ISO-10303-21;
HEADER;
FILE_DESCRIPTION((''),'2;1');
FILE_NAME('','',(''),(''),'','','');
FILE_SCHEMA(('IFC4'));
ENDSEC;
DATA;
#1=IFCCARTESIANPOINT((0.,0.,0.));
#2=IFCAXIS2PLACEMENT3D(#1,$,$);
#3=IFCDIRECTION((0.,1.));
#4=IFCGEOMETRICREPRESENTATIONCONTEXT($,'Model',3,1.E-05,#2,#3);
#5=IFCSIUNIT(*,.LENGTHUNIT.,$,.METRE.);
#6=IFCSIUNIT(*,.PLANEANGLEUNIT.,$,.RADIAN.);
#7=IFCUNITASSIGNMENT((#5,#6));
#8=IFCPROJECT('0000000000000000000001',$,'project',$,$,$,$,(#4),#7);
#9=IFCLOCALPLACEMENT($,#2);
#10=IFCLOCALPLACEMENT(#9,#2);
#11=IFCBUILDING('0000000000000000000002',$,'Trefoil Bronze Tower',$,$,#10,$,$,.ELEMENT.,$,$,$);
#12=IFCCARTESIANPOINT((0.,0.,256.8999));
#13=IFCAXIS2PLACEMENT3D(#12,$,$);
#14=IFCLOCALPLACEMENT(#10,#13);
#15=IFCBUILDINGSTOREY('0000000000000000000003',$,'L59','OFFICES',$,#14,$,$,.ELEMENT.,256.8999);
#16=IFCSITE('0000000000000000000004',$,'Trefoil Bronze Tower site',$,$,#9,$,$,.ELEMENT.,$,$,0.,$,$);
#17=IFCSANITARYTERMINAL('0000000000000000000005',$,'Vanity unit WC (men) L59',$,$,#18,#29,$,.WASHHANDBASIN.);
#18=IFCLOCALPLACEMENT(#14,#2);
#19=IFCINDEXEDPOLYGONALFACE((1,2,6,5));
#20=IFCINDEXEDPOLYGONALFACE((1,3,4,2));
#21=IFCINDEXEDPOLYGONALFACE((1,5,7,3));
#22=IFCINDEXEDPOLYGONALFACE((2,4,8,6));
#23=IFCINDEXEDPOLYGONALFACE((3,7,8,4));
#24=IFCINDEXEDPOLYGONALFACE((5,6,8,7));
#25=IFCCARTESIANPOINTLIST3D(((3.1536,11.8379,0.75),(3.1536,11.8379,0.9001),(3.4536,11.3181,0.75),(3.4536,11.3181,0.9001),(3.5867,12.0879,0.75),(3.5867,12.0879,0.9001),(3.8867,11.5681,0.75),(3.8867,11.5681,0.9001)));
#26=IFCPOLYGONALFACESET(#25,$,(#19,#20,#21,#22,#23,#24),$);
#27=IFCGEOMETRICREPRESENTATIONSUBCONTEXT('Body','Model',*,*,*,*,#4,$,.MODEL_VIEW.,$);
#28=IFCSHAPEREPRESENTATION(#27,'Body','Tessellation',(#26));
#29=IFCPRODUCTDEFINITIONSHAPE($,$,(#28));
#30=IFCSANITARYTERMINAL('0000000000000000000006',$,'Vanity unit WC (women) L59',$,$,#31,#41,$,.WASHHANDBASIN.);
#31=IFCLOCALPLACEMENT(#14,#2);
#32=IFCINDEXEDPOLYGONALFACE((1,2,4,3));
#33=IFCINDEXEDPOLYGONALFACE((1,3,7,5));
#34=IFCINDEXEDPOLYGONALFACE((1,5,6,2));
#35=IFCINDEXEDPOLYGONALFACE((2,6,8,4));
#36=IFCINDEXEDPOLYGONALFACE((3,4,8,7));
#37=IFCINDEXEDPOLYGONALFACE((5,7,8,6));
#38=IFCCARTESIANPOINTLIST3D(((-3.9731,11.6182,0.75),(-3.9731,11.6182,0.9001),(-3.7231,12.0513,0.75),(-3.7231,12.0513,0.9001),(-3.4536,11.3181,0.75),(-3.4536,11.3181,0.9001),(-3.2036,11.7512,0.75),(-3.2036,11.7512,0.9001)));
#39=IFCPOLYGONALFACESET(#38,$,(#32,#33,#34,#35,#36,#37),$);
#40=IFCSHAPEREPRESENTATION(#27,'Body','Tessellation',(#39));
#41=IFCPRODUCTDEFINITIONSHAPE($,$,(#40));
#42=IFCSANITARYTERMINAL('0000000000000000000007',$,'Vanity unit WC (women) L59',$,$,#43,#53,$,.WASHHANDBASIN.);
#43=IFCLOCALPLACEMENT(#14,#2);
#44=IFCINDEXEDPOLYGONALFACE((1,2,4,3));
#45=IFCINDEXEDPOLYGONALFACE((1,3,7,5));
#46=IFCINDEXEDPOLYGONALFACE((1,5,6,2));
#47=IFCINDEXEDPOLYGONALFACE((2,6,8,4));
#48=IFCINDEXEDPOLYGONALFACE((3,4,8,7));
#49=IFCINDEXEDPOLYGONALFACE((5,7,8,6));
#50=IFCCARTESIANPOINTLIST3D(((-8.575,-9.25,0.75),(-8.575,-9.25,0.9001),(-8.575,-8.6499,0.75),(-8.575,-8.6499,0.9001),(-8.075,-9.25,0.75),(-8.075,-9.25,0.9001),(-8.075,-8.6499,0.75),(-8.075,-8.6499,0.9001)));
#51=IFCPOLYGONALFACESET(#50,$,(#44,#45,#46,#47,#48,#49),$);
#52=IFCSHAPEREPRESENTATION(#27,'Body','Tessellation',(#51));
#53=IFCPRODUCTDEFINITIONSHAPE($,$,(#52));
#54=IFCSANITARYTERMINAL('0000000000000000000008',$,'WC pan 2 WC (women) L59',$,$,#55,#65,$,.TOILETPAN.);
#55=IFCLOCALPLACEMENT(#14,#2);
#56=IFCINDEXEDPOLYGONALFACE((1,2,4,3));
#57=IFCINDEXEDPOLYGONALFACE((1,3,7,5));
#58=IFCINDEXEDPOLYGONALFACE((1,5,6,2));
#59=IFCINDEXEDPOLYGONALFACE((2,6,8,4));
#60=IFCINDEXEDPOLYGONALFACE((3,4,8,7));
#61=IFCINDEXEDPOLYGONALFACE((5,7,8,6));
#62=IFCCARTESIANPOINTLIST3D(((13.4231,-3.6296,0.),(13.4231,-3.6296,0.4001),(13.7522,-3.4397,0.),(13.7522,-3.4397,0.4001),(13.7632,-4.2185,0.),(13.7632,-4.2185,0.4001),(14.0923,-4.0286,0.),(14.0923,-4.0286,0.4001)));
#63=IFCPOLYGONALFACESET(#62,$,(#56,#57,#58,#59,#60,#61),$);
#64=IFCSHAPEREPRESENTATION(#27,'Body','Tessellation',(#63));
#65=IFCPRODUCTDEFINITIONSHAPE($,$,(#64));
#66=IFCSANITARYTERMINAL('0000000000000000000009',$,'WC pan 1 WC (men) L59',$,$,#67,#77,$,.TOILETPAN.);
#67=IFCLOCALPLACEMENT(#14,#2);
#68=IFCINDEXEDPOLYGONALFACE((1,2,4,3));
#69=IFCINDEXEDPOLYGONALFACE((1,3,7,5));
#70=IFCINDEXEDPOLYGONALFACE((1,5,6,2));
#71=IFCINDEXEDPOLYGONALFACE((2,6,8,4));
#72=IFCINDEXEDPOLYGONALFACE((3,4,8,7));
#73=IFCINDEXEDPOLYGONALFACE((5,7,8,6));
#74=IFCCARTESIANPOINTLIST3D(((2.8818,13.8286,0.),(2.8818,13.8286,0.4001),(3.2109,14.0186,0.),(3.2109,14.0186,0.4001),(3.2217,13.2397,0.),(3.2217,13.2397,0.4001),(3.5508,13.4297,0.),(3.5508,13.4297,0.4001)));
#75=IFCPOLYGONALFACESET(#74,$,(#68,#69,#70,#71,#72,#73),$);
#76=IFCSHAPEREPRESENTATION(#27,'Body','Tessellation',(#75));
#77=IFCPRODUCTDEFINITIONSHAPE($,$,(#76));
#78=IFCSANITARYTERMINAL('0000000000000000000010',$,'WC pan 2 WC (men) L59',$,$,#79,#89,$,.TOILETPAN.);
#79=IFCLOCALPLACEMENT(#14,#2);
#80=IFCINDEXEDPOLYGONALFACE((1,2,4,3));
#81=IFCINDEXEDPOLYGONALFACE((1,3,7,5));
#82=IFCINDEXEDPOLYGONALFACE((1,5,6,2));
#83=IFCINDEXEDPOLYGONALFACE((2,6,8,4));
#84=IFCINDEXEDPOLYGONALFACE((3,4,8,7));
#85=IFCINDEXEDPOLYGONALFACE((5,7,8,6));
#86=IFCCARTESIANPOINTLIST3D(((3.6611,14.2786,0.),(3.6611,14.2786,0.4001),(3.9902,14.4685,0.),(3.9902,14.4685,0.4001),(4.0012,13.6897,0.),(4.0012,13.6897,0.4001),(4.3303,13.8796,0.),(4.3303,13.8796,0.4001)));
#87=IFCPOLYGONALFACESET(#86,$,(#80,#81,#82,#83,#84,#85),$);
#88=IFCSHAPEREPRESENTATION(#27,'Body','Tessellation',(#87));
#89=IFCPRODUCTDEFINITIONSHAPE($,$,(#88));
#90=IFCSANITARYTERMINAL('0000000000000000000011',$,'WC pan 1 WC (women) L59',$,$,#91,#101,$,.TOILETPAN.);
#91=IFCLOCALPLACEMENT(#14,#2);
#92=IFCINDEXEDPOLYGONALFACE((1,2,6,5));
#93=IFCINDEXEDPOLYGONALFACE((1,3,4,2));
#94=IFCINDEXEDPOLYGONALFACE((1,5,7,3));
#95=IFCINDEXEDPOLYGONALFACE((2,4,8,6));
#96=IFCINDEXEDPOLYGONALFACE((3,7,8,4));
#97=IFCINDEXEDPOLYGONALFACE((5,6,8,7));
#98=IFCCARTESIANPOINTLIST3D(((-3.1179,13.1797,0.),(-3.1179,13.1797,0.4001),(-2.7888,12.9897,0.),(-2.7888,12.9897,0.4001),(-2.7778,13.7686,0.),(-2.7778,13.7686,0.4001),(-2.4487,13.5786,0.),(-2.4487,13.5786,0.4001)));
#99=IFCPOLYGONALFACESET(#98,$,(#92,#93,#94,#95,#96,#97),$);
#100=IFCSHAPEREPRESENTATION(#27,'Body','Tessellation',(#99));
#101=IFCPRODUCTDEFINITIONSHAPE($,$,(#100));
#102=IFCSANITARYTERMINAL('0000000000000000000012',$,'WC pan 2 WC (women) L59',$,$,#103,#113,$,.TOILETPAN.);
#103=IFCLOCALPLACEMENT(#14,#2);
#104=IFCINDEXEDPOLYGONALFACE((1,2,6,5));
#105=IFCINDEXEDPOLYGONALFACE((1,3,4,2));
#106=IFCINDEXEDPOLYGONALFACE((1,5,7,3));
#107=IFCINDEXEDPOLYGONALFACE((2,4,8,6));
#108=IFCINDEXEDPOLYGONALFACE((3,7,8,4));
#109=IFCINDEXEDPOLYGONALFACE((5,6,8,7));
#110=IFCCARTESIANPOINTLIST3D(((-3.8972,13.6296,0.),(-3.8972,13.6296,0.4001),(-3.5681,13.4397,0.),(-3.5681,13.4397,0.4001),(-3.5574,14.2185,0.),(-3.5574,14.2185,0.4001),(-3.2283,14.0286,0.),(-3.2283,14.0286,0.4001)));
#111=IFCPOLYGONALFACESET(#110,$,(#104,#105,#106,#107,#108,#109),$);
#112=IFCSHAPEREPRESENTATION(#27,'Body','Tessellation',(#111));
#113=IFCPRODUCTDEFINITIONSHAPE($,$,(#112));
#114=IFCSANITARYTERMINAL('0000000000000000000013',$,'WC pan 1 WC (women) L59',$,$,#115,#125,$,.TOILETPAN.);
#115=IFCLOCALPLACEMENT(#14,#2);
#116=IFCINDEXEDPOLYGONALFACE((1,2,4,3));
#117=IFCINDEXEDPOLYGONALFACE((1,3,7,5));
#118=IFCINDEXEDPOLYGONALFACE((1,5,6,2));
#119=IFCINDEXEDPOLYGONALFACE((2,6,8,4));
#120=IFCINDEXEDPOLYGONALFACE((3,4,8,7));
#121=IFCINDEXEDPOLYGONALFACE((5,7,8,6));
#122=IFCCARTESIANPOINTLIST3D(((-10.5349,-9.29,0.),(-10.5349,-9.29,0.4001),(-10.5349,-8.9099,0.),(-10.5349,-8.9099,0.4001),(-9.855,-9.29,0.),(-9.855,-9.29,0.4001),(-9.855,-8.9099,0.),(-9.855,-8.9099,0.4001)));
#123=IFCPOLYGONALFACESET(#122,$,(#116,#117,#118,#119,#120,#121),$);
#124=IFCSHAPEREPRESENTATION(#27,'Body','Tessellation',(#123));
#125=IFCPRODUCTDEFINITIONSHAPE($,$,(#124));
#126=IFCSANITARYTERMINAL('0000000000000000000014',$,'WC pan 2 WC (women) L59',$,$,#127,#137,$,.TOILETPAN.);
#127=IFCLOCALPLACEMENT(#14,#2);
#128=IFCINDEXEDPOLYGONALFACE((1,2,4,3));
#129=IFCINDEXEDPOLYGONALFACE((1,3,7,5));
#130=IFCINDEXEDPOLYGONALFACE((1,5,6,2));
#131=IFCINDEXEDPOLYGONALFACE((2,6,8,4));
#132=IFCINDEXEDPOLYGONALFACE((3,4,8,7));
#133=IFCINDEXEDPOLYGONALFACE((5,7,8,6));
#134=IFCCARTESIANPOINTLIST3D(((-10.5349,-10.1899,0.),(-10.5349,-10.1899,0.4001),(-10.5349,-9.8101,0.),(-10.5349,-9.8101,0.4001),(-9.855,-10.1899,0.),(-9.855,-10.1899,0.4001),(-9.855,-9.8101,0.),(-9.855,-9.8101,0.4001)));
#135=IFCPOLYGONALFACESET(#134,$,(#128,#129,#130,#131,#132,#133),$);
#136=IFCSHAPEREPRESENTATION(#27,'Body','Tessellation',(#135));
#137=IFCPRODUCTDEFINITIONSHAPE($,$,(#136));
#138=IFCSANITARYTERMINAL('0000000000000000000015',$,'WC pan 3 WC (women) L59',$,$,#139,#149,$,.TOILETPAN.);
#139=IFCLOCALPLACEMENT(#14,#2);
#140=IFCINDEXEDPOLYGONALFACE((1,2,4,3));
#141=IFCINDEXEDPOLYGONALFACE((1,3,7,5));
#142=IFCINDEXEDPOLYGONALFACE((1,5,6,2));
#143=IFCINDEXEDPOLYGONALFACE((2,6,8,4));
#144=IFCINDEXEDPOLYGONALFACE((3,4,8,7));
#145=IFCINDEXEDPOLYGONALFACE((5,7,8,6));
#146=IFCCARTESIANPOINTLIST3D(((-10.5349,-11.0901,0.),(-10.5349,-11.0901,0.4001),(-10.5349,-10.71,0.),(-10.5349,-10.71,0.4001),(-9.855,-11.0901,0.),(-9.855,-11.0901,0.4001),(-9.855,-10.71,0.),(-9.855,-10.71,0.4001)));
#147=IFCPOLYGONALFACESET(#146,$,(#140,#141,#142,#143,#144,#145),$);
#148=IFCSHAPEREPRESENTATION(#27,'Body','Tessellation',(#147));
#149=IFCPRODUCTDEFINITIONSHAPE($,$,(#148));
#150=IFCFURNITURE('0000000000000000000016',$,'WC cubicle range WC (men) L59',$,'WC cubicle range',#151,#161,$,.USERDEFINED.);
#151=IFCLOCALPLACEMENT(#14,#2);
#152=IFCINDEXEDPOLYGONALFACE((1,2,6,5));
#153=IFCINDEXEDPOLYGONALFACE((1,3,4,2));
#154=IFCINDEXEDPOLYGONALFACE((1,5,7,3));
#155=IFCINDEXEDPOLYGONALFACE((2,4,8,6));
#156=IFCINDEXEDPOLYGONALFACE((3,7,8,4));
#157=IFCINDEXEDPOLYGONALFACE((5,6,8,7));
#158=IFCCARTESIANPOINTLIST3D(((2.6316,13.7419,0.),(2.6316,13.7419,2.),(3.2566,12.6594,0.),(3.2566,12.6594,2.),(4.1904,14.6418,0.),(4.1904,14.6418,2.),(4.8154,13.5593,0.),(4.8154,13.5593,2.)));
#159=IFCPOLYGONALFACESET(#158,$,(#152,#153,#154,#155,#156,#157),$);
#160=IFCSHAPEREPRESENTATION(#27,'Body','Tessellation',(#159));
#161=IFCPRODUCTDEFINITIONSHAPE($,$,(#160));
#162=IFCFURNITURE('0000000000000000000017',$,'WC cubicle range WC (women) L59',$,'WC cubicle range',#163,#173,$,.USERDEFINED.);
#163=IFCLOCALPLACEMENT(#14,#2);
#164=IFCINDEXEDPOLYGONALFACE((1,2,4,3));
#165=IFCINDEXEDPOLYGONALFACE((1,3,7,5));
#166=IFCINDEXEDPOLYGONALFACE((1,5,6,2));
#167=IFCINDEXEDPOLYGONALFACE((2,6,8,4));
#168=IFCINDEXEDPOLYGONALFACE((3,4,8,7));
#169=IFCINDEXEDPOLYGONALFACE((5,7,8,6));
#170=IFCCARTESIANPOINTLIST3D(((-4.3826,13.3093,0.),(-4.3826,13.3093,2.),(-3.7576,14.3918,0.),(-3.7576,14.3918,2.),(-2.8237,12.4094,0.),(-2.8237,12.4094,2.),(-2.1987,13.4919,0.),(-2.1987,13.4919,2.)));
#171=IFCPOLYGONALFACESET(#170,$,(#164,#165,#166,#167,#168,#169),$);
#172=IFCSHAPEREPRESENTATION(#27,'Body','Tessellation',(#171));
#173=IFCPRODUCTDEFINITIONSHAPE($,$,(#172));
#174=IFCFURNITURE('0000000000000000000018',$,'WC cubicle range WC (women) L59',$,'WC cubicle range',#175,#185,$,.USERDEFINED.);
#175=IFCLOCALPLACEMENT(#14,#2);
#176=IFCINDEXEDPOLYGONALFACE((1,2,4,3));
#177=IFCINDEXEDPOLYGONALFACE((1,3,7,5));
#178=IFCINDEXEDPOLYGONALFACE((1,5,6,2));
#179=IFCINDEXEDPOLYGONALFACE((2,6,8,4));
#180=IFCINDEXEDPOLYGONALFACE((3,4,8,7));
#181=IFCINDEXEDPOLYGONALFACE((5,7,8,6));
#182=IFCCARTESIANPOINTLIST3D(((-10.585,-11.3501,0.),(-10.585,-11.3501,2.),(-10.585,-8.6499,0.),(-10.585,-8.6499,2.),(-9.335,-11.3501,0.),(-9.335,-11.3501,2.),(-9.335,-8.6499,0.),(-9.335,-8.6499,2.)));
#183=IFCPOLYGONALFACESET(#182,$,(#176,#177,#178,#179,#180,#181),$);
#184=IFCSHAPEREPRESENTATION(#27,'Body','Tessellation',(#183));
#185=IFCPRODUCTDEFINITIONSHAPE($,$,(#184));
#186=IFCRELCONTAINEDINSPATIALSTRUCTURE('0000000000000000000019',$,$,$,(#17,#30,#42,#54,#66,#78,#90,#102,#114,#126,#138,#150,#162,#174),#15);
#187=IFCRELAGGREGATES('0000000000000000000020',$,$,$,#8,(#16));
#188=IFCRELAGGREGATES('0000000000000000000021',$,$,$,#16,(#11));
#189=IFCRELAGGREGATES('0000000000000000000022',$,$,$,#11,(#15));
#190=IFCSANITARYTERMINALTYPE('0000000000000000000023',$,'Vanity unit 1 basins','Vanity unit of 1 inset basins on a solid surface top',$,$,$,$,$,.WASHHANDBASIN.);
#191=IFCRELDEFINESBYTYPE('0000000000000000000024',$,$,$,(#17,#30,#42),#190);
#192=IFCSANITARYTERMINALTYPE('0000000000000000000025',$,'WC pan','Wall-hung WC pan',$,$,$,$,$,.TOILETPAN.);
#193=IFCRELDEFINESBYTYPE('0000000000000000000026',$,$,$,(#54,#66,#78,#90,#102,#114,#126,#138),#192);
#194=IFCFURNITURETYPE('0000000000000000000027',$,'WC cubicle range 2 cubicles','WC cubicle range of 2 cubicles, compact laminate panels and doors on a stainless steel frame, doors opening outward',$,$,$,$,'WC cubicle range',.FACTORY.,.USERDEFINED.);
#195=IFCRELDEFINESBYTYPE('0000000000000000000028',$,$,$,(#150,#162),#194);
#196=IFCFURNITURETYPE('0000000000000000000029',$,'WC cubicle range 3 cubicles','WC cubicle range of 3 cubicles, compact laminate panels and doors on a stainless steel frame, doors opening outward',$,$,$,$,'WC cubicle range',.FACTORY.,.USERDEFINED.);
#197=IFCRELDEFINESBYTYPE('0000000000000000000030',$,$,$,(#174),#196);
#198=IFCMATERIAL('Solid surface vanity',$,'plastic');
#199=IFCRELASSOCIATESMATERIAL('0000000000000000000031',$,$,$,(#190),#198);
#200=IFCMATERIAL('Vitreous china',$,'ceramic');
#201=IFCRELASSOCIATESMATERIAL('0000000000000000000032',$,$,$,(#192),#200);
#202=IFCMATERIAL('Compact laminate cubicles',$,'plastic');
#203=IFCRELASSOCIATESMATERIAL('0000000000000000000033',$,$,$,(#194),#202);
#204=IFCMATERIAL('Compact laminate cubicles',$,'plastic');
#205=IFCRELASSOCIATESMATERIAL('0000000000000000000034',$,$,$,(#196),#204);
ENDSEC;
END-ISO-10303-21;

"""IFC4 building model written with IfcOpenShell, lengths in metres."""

from ifc_helpers import new_model, si_unit, direction, frame, origin, place, context, subcontext, project, spatial, polyline, outline, extrude, material, type_object, element, save


model = new_model("IFC4")

# Units and contexts
model_context = context("Model", 3, precision=1e-05, world=origin(), true_north=direction((0.0, 1.0)))
body_context = subcontext(model_context, "Body", "Model", "MODEL_VIEW")
ifc_project = project(units=[si_unit("LENGTHUNIT", "METRE"), si_unit("PLANEANGLEUNIT", "RADIAN")], contexts=[model_context])

# Site, building, storey
site_placement = place(None, origin())
site = spatial("IfcSite", under=ifc_project, at=site_placement, Name="Trefoil Bronze Tower site", CompositionType="ELEMENT", RefElevation=0.0)
building_placement = place(site_placement, origin())
building = spatial("IfcBuilding", under=site, at=building_placement, Name="Trefoil Bronze Tower", CompositionType="ELEMENT")
storey_placement = place(building_placement, frame((0.0, 0.0, 256.8999)))
storey = spatial("IfcBuildingStorey", under=building, at=storey_placement, Name="L59", Description="OFFICES", CompositionType="ELEMENT", Elevation=256.8999)

# Sanitary terminals
ifc_material_1 = material(Name="Solid surface vanity", Category="plastic")
sanitary_terminal_type_1 = type_object("IfcSanitaryTerminalType", Name="Vanity unit 1 basins", Description="Vanity unit of 1 inset basins on a solid surface top", PredefinedType="WASHHANDBASIN", material=ifc_material_1)
sanitary_terminal_1_placement = place(storey_placement, frame((0.0, 0.0, 0.75)))
element("IfcSanitaryTerminal", 1, at=sanitary_terminal_1_placement, inside=storey, type_object=sanitary_terminal_type_1, Name="Vanity unit WC (men) L59", PredefinedType="WASHHANDBASIN", context=body_context, shape_type="SweptSolid", body=[
    extrude(outline(polyline([(3.4536, 11.3181), (3.1536, 11.8379), (3.5867, 12.0879), (3.8867, 11.5681), (3.4536, 11.3181)])), origin(), (0.0, 0.0, 1.0), 0.1501),
])
sanitary_terminal_2_placement = place(storey_placement, frame((0.0, 0.0, 0.75)))
element("IfcSanitaryTerminal", 2, at=sanitary_terminal_2_placement, inside=storey, type_object=sanitary_terminal_type_1, Name="Vanity unit WC (women) L59", PredefinedType="WASHHANDBASIN", context=body_context, shape_type="SweptSolid", body=[
    extrude(outline(polyline([(-3.4536, 11.3181), (-3.2036, 11.7512), (-3.7231, 12.0513), (-3.9731, 11.6182), (-3.4536, 11.3181)])), origin(), (0.0, 0.0, 1.0), 0.1501),
])
sanitary_terminal_3_placement = place(storey_placement, frame((0.0, 0.0, 0.75)))
element("IfcSanitaryTerminal", 3, at=sanitary_terminal_3_placement, inside=storey, type_object=sanitary_terminal_type_1, Name="Vanity unit WC (women) L59", PredefinedType="WASHHANDBASIN", context=body_context, shape_type="SweptSolid", body=[
    extrude(outline(polyline([(-8.075, -8.6499), (-8.575, -8.6499), (-8.575, -9.25), (-8.075, -9.25), (-8.075, -8.6499)])), origin(), (0.0, 0.0, 1.0), 0.1501),
])
ifc_material_2 = material(Name="Vitreous china", Category="ceramic")
sanitary_terminal_type_2 = type_object("IfcSanitaryTerminalType", Name="WC pan", Description="Wall-hung WC pan", PredefinedType="TOILETPAN", material=ifc_material_2)
sanitary_terminal_4_placement = place(storey_placement, origin())
element("IfcSanitaryTerminal", 4, at=sanitary_terminal_4_placement, inside=storey, type_object=sanitary_terminal_type_2, Name="WC pan 2 WC (women) L59", PredefinedType="TOILETPAN", context=body_context, shape_type="SweptSolid", body=[
    extrude(outline(polyline([(13.4231, -3.6296), (13.7632, -4.2185), (14.0923, -4.0286), (13.7522, -3.4397), (13.4231, -3.6296)])), origin(), (0.0, 0.0, 1.0), 0.4001),
])
sanitary_terminal_5_placement = place(storey_placement, origin())
element("IfcSanitaryTerminal", 5, at=sanitary_terminal_5_placement, inside=storey, type_object=sanitary_terminal_type_2, Name="WC pan 1 WC (men) L59", PredefinedType="TOILETPAN", context=body_context, shape_type="SweptSolid", body=[
    extrude(outline(polyline([(3.2217, 13.2397), (2.8818, 13.8286), (3.2109, 14.0186), (3.5508, 13.4297), (3.2217, 13.2397)])), origin(), (0.0, 0.0, 1.0), 0.4001),
])
sanitary_terminal_6_placement = place(storey_placement, origin())
element("IfcSanitaryTerminal", 6, at=sanitary_terminal_6_placement, inside=storey, type_object=sanitary_terminal_type_2, Name="WC pan 2 WC (men) L59", PredefinedType="TOILETPAN", context=body_context, shape_type="SweptSolid", body=[
    extrude(outline(polyline([(4.0012, 13.6897), (3.6611, 14.2786), (3.9902, 14.4685), (4.3303, 13.8796), (4.0012, 13.6897)])), origin(), (0.0, 0.0, 1.0), 0.4001),
])
sanitary_terminal_7_placement = place(storey_placement, origin())
element("IfcSanitaryTerminal", 7, at=sanitary_terminal_7_placement, inside=storey, type_object=sanitary_terminal_type_2, Name="WC pan 1 WC (women) L59", PredefinedType="TOILETPAN", context=body_context, shape_type="SweptSolid", body=[
    extrude(outline(polyline([(-2.7888, 12.9897), (-2.4487, 13.5786), (-2.7778, 13.7686), (-3.1179, 13.1797), (-2.7888, 12.9897)])), origin(), (0.0, 0.0, 1.0), 0.4001),
])
sanitary_terminal_8_placement = place(storey_placement, origin())
element("IfcSanitaryTerminal", 8, at=sanitary_terminal_8_placement, inside=storey, type_object=sanitary_terminal_type_2, Name="WC pan 2 WC (women) L59", PredefinedType="TOILETPAN", context=body_context, shape_type="SweptSolid", body=[
    extrude(outline(polyline([(-3.5681, 13.4397), (-3.2283, 14.0286), (-3.5574, 14.2185), (-3.8972, 13.6296), (-3.5681, 13.4397)])), origin(), (0.0, 0.0, 1.0), 0.4001),
])
sanitary_terminal_9_placement = place(storey_placement, origin())
element("IfcSanitaryTerminal", 9, at=sanitary_terminal_9_placement, inside=storey, type_object=sanitary_terminal_type_2, Name="WC pan 1 WC (women) L59", PredefinedType="TOILETPAN", context=body_context, shape_type="SweptSolid", body=[
    extrude(outline(polyline([(-9.855, -8.9099), (-10.5349, -8.9099), (-10.5349, -9.29), (-9.855, -9.29), (-9.855, -8.9099)])), origin(), (0.0, 0.0, 1.0), 0.4001),
])
sanitary_terminal_10_placement = place(storey_placement, origin())
element("IfcSanitaryTerminal", 10, at=sanitary_terminal_10_placement, inside=storey, type_object=sanitary_terminal_type_2, Name="WC pan 2 WC (women) L59", PredefinedType="TOILETPAN", context=body_context, shape_type="SweptSolid", body=[
    extrude(outline(polyline([(-9.855, -9.8101), (-10.5349, -9.8101), (-10.5349, -10.1899), (-9.855, -10.1899), (-9.855, -9.8101)])), origin(), (0.0, 0.0, 1.0), 0.4001),
])
sanitary_terminal_11_placement = place(storey_placement, origin())
element("IfcSanitaryTerminal", 11, at=sanitary_terminal_11_placement, inside=storey, type_object=sanitary_terminal_type_2, Name="WC pan 3 WC (women) L59", PredefinedType="TOILETPAN", context=body_context, shape_type="SweptSolid", body=[
    extrude(outline(polyline([(-9.855, -10.71), (-10.5349, -10.71), (-10.5349, -11.0901), (-9.855, -11.0901), (-9.855, -10.71)])), origin(), (0.0, 0.0, 1.0), 0.4001),
])

# Furniture
ifc_material_3 = material(Name="Compact laminate cubicles", Category="plastic")
furniture_type_1 = type_object("IfcFurnitureType", Name="WC cubicle range 2 cubicles", Description="WC cubicle range of 2 cubicles, compact laminate panels and doors on a stainless steel frame, doors opening outward", ElementType="WC cubicle range", AssemblyPlace="FACTORY", PredefinedType="USERDEFINED", material=ifc_material_3)
furniture_1_placement = place(storey_placement, origin())
element("IfcFurniture", 12, at=furniture_1_placement, inside=storey, type_object=furniture_type_1, Name="WC cubicle range WC (men) L59", ObjectType="WC cubicle range", PredefinedType="USERDEFINED", context=body_context, shape_type="SweptSolid", body=[
    extrude(outline(polyline([(3.2566, 12.6594), (2.6316, 13.7419), (4.1904, 14.6418), (4.8154, 13.5593), (3.2566, 12.6594)])), origin(), (0.0, 0.0, 1.0), 2.0),
])
furniture_2_placement = place(storey_placement, origin())
element("IfcFurniture", 13, at=furniture_2_placement, inside=storey, type_object=furniture_type_1, Name="WC cubicle range WC (women) L59", ObjectType="WC cubicle range", PredefinedType="USERDEFINED", context=body_context, shape_type="SweptSolid", body=[
    extrude(outline(polyline([(-2.8237, 12.4094), (-2.1987, 13.4919), (-3.7576, 14.3918), (-4.3826, 13.3093), (-2.8237, 12.4094)])), origin(), (0.0, 0.0, 1.0), 2.0),
])
ifc_material_4 = material(Name="Compact laminate cubicles", Category="plastic")
furniture_type_2 = type_object("IfcFurnitureType", Name="WC cubicle range 3 cubicles", Description="WC cubicle range of 3 cubicles, compact laminate panels and doors on a stainless steel frame, doors opening outward", ElementType="WC cubicle range", AssemblyPlace="FACTORY", PredefinedType="USERDEFINED", material=ifc_material_4)
furniture_3_placement = place(storey_placement, origin())
element("IfcFurniture", 14, at=furniture_3_placement, inside=storey, type_object=furniture_type_2, Name="WC cubicle range WC (women) L59", ObjectType="WC cubicle range", PredefinedType="USERDEFINED", context=body_context, shape_type="SweptSolid", body=[
    extrude(outline(polyline([(-9.335, -8.6499), (-10.585, -8.6499), (-10.585, -11.3501), (-9.335, -11.3501), (-9.335, -8.6499)])), origin(), (0.0, 0.0, 1.0), 2.0),
])

save(model, "model.ifc")
